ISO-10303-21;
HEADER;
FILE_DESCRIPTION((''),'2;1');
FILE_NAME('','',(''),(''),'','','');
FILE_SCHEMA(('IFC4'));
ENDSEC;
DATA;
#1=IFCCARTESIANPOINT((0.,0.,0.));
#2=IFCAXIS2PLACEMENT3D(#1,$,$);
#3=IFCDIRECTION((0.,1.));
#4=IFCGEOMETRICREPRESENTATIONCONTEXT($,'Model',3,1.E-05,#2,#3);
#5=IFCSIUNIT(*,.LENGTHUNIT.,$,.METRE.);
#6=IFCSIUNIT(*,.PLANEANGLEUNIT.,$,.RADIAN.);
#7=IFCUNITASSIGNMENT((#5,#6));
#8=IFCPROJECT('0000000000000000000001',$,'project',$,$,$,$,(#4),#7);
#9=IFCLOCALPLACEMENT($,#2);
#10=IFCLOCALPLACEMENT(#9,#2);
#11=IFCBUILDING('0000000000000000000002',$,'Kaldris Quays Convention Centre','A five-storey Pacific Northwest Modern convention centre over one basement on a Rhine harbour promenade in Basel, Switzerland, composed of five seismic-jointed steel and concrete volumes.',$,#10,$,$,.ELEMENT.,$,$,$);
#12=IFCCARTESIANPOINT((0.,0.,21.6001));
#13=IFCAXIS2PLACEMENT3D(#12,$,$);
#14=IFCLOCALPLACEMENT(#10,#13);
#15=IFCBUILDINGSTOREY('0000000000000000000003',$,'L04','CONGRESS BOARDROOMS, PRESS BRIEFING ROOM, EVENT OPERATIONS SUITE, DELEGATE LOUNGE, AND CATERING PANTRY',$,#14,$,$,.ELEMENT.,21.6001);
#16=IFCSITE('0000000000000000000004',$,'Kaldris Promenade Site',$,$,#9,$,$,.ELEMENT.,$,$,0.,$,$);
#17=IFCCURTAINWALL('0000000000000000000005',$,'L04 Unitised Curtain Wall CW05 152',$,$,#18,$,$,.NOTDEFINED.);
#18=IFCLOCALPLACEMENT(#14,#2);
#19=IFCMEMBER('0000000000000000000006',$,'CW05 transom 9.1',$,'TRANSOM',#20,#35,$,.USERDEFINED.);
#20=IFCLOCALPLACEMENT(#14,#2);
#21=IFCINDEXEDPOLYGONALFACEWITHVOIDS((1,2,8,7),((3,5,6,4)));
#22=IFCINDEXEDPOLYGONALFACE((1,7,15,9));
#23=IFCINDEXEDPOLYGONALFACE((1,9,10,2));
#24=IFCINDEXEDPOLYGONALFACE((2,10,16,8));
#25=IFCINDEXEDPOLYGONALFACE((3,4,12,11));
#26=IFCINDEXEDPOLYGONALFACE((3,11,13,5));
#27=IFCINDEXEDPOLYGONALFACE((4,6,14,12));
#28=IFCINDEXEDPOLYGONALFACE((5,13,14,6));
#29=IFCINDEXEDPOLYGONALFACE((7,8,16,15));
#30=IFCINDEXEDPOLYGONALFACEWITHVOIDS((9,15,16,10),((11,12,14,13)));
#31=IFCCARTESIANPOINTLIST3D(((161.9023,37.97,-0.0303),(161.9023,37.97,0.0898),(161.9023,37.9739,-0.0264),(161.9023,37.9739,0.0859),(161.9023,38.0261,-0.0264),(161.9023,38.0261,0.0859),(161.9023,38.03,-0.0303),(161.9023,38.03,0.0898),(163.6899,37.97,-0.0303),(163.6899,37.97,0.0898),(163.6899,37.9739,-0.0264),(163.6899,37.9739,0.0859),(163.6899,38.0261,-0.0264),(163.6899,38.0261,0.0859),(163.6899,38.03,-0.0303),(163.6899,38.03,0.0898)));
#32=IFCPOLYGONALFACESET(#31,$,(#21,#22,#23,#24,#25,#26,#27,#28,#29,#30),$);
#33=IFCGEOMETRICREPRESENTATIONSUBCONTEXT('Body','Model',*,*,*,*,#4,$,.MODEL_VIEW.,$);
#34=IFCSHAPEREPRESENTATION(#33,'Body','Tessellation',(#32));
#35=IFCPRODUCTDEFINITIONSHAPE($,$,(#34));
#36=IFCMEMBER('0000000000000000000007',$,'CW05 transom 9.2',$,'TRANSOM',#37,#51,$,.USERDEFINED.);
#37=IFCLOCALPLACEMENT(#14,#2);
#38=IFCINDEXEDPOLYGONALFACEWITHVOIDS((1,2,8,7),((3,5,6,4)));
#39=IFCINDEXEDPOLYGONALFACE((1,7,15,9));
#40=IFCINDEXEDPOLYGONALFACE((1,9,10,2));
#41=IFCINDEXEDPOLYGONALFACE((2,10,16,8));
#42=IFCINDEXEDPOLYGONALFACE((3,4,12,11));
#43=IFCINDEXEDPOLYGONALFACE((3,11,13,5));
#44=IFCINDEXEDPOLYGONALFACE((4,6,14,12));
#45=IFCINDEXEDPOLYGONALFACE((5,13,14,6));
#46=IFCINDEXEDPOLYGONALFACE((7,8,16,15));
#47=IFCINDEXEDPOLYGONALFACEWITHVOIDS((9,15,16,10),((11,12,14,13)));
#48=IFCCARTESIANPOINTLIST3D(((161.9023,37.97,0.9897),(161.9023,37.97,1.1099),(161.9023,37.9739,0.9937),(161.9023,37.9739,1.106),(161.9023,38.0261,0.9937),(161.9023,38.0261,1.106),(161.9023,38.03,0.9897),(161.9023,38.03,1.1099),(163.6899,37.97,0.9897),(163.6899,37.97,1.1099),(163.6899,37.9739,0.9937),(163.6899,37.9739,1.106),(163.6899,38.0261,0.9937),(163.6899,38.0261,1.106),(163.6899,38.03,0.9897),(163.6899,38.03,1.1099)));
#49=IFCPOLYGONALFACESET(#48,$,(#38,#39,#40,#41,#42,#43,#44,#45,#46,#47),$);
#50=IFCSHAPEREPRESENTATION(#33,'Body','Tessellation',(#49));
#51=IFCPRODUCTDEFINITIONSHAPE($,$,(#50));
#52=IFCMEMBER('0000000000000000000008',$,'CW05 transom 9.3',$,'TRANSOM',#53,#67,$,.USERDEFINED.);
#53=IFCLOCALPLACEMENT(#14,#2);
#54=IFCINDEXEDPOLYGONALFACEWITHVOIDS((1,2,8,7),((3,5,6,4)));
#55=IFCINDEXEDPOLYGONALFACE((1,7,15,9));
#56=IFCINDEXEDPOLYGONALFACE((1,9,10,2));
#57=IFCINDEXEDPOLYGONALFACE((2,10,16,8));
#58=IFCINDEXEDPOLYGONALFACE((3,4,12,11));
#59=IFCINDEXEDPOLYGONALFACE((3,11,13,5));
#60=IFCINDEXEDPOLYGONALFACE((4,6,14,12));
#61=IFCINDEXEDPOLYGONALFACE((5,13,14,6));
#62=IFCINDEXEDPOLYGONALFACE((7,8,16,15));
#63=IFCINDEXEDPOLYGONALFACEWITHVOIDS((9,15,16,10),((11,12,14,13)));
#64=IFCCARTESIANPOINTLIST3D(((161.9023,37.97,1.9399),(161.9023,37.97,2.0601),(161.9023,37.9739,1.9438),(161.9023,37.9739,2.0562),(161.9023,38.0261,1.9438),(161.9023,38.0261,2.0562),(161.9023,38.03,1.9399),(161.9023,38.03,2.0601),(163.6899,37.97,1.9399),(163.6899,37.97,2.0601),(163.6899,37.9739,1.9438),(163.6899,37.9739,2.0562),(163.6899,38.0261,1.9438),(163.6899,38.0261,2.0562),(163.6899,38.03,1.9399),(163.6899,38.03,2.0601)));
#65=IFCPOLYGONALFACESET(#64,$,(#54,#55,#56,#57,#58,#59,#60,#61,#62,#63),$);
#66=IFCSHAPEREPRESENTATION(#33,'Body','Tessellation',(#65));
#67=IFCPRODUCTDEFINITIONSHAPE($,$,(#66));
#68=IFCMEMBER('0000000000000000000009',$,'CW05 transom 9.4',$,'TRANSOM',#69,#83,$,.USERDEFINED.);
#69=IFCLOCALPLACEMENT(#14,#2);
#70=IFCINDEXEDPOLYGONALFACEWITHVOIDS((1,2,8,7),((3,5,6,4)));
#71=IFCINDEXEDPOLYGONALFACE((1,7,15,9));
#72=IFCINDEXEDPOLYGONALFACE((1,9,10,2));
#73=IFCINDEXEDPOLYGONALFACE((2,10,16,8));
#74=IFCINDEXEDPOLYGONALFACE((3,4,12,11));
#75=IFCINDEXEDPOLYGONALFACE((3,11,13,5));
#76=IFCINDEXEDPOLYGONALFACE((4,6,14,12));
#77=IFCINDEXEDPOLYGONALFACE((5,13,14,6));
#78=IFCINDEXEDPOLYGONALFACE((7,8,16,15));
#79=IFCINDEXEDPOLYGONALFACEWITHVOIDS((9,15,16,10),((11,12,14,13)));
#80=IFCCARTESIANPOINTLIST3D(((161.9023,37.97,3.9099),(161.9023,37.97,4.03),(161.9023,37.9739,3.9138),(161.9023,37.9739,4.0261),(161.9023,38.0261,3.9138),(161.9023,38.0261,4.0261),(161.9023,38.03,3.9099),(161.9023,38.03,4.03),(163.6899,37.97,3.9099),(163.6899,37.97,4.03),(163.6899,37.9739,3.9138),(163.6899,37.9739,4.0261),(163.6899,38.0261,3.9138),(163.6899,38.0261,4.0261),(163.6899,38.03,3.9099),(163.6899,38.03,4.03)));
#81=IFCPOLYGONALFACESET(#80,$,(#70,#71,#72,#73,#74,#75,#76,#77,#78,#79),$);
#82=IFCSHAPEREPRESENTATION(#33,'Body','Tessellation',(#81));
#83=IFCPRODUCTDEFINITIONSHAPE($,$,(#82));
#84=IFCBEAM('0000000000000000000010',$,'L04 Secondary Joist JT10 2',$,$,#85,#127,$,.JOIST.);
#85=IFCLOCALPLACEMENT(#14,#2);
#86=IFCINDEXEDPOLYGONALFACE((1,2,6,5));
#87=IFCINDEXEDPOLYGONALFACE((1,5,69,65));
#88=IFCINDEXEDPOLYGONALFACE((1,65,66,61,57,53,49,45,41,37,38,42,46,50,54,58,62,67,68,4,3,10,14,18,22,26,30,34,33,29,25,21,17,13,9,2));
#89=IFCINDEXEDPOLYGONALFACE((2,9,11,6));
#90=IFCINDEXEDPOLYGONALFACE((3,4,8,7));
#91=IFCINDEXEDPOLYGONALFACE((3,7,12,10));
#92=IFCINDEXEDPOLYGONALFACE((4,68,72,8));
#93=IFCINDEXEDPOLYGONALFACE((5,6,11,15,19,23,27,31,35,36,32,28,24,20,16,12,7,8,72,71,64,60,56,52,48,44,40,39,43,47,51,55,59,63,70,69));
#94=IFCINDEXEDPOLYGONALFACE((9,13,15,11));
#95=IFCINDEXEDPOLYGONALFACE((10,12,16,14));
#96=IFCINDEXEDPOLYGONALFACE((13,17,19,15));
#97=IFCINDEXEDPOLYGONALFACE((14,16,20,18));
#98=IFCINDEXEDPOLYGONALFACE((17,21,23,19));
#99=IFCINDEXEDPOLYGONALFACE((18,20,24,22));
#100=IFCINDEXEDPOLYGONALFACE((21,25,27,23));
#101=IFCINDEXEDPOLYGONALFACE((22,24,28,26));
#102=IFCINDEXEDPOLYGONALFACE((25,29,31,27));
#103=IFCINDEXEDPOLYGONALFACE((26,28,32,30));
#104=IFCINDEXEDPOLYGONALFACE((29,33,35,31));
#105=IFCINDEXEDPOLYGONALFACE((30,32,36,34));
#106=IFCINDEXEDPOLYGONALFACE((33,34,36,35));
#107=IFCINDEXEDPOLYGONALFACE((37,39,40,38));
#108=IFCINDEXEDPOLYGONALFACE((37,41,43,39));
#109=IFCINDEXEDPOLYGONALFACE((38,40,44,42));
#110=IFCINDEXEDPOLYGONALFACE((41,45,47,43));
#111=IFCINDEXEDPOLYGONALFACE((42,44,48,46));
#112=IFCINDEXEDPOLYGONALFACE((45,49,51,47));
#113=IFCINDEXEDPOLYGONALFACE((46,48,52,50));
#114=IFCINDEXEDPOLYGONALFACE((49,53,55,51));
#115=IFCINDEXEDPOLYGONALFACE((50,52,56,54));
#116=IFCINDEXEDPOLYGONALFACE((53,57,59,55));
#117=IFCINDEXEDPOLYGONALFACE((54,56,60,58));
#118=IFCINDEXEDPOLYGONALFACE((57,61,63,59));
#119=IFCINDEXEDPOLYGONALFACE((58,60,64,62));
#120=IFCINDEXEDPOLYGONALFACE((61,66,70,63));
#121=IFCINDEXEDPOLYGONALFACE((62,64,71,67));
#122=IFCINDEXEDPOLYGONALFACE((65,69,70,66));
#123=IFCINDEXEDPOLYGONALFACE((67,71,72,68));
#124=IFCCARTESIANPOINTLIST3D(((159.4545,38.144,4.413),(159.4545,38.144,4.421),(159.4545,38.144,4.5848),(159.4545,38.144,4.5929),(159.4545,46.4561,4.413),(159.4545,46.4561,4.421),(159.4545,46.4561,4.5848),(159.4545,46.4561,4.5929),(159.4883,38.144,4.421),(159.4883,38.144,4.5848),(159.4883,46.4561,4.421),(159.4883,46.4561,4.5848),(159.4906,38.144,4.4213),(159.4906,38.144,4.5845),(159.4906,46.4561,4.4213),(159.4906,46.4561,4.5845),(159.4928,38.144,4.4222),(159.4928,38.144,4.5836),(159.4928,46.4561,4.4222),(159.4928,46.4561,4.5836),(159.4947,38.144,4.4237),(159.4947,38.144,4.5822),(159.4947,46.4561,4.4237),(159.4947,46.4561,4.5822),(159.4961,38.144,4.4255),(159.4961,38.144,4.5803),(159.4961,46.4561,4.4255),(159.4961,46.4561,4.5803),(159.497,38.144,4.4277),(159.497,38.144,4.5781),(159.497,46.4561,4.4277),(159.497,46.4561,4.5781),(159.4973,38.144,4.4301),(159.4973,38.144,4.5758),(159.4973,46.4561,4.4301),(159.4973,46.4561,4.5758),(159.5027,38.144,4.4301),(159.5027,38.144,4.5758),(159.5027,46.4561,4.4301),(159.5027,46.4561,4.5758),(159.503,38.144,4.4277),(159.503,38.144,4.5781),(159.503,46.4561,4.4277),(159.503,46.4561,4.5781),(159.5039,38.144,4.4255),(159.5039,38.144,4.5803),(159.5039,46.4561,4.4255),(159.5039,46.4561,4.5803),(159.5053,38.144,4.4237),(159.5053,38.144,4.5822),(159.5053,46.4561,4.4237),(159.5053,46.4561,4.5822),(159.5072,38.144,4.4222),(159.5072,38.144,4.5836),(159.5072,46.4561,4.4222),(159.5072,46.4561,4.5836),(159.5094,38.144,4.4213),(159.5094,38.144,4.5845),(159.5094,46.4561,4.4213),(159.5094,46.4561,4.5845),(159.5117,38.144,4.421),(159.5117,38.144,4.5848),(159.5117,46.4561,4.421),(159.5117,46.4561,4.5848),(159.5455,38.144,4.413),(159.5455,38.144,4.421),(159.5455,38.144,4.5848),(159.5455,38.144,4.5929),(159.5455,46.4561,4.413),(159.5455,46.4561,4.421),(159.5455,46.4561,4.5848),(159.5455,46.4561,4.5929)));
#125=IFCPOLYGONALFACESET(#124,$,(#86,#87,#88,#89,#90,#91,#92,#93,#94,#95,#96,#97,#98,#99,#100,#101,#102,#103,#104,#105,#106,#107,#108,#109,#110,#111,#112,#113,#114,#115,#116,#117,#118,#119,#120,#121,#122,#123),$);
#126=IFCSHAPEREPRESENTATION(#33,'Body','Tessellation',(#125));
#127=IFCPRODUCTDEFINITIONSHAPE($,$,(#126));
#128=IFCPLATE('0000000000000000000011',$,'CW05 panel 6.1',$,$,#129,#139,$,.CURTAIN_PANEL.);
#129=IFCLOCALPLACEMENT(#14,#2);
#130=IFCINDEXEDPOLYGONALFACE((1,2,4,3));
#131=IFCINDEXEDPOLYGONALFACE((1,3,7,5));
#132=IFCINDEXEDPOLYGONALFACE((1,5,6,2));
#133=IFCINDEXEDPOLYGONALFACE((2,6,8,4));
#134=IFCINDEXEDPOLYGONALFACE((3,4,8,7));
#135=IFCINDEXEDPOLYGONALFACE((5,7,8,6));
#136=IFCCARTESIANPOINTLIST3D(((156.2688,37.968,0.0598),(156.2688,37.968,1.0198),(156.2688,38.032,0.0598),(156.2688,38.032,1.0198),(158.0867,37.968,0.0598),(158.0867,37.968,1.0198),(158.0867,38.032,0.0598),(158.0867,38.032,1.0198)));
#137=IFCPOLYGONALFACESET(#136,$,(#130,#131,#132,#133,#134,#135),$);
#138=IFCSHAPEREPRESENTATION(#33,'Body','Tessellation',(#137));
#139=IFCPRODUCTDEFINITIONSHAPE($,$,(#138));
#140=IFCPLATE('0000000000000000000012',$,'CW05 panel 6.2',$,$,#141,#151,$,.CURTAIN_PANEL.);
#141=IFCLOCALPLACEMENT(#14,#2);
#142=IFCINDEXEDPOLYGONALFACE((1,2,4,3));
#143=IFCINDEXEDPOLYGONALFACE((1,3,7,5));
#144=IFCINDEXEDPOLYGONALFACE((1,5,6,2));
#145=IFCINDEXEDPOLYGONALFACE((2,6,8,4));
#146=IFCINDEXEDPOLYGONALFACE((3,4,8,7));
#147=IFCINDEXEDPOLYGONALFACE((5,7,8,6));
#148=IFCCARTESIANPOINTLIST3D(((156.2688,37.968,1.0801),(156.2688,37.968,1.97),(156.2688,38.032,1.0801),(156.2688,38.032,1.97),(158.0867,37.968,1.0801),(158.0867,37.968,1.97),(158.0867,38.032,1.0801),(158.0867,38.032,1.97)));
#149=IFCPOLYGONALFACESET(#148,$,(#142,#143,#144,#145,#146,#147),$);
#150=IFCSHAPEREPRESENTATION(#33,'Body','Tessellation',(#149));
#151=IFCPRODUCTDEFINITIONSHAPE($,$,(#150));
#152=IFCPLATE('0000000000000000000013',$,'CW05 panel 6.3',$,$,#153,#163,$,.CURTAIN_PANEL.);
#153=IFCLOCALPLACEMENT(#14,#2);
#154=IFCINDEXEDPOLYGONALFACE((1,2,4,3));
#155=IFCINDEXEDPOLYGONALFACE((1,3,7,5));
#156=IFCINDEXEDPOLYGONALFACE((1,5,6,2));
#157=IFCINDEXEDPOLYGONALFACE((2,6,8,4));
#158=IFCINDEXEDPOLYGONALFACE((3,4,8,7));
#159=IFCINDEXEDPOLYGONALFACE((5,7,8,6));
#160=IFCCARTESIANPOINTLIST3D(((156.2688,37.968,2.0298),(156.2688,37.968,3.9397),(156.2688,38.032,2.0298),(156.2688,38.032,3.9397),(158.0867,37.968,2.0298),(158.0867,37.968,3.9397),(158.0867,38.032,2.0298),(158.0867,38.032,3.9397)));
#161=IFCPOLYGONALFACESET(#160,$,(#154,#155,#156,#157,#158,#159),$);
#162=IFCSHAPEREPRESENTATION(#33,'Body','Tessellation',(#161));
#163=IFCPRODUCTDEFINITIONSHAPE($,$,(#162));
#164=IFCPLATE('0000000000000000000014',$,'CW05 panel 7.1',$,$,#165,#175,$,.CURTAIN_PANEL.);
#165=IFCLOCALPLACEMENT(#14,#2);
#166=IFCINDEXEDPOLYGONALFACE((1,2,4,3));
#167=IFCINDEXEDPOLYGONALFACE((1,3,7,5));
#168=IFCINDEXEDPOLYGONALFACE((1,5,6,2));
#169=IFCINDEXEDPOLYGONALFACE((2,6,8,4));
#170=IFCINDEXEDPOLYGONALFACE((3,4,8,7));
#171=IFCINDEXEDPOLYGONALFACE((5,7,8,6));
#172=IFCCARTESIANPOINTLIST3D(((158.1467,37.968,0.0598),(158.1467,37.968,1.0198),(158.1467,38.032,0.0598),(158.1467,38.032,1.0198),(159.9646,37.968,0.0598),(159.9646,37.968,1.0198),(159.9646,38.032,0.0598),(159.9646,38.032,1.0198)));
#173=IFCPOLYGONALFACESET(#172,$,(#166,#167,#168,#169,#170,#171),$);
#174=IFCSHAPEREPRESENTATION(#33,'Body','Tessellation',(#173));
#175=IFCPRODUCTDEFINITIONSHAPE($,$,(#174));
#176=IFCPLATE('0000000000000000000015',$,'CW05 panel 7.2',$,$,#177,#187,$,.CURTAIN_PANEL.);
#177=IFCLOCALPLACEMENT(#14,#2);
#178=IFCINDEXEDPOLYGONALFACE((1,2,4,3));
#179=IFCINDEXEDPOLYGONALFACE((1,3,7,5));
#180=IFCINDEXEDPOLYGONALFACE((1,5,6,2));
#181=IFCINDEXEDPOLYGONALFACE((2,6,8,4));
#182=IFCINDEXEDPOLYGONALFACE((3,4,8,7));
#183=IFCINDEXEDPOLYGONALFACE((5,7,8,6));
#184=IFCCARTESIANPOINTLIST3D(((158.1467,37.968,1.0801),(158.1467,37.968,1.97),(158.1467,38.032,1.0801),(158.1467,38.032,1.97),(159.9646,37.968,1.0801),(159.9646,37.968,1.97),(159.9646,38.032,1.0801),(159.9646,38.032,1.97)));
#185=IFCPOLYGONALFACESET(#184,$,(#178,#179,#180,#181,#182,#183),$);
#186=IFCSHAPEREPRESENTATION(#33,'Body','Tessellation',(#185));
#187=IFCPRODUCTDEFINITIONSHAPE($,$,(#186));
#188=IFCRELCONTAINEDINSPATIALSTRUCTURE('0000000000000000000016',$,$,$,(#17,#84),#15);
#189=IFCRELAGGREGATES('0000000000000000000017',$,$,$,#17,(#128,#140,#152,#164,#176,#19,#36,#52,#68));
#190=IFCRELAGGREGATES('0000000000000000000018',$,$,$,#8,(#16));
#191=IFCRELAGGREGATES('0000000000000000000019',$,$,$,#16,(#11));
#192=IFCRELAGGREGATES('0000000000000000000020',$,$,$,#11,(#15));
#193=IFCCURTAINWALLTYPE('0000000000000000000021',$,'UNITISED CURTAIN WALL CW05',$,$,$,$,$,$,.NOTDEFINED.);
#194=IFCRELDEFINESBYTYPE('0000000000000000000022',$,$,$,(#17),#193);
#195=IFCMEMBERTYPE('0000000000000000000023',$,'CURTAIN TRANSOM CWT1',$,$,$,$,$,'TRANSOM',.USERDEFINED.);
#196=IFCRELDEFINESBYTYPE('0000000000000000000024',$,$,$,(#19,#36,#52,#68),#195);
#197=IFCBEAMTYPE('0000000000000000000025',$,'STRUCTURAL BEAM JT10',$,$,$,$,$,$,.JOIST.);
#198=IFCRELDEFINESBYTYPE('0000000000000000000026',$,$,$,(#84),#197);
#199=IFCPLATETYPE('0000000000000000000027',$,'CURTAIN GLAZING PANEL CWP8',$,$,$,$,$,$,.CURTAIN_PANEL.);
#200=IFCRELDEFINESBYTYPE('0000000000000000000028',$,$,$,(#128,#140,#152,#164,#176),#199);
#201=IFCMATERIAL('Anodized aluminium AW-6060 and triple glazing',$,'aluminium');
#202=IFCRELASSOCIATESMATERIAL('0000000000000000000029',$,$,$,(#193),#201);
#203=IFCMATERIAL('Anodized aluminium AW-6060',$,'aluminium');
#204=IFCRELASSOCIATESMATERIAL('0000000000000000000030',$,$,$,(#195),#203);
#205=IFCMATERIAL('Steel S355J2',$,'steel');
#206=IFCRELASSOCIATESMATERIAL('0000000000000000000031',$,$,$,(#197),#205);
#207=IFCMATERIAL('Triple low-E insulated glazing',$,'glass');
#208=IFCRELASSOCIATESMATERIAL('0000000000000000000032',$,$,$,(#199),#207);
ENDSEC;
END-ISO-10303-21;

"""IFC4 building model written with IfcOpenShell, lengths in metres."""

from ifc_helpers import new_model, si_unit, direction, frame, origin, origin_2d, place, context, subcontext, project, spatial, rectangle, hollow_rectangle, i_section, extrude, material, material_profile, profile_set, type_object, element, aggregate, save


model = new_model("IFC4")

# Units and contexts
model_context = context("Model", 3, precision=1e-05, world=origin(), true_north=direction((0.0, 1.0)))
body_context = subcontext(model_context, "Body", "Model", "MODEL_VIEW")
ifc_project = project(units=[si_unit("LENGTHUNIT", "METRE"), si_unit("PLANEANGLEUNIT", "RADIAN")], contexts=[model_context])

# Site, building, storey
site_placement = place(None, origin())
site = spatial("IfcSite", under=ifc_project, at=site_placement, Name="Kaldris Promenade Site", CompositionType="ELEMENT", RefElevation=0.0)
building_placement = place(site_placement, origin())
building = spatial("IfcBuilding", under=site, at=building_placement, Name="Kaldris Quays Convention Centre", Description="A five-storey Pacific Northwest Modern convention centre over one basement on a Rhine harbour promenade in Basel, Switzerland, composed of five seismic-jointed steel and concrete volumes.", CompositionType="ELEMENT")
storey_placement = place(building_placement, frame((0.0, 0.0, 21.6001)))
storey = spatial("IfcBuildingStorey", under=building, at=storey_placement, Name="L04", Description="CONGRESS BOARDROOMS, PRESS BRIEFING ROOM, EVENT OPERATIONS SUITE, DELEGATE LOUNGE, AND CATERING PANTRY", CompositionType="ELEMENT", Elevation=21.6001)

# Curtain wall, members
ifc_material_1 = material(Name="Anodized aluminium AW-6060 and triple glazing", Category="aluminium")
curtain_wall_type = type_object("IfcCurtainWallType", Name="UNITISED CURTAIN WALL CW05", PredefinedType="NOTDEFINED", material=ifc_material_1)
curtain_wall_placement = place(storey_placement, origin())
curtain_wall = element("IfcCurtainWall", 1, at=curtain_wall_placement, inside=storey, type_object=curtain_wall_type, Name="L04 Unitised Curtain Wall CW05 152", PredefinedType="NOTDEFINED")
ifc_material_2 = material(Name="Anodized aluminium AW-6060", Category="aluminium")
ifc_material_profile_1 = material_profile(ifc_material_2, hollow_rectangle(XDim=0.0601, YDim=0.1201, WallThickness=0.0039, at=origin_2d()), Name="RHS 120x60x4")
ifc_profile_set_1 = profile_set([ifc_material_profile_1], Name="Anodized aluminium AW-6060")
member_type_1 = type_object("IfcMemberType", Name="CURTAIN TRANSOM CWT1", ElementType="TRANSOM", PredefinedType="USERDEFINED", material=ifc_profile_set_1)
member_1_placement = place(storey_placement, frame((161.9023, 38.0, 0.0298), z_axis=(1.0, 0.0, 0.0), x_axis=(0.0, 1.0, 0.0)))
member_1 = element("IfcMember", 2, at=member_1_placement, type_object=member_type_1, Name="CW05 transom 9.1", ObjectType="TRANSOM", PredefinedType="USERDEFINED", context=body_context, shape_type="SweptSolid", body=[
    extrude(hollow_rectangle(XDim=0.0601, YDim=0.1201, WallThickness=0.0039, at=origin_2d()), origin(), (0.0, 0.0, 1.0), 1.7876),
])
member_2_placement = place(storey_placement, frame((161.9023, 38.0, 1.0498), z_axis=(1.0, 0.0, 0.0), x_axis=(0.0, 1.0, 0.0)))
member_2 = element("IfcMember", 3, at=member_2_placement, type_object=member_type_1, Name="CW05 transom 9.2", ObjectType="TRANSOM", PredefinedType="USERDEFINED", context=body_context, shape_type="SweptSolid", body=[
    extrude(hollow_rectangle(XDim=0.0601, YDim=0.1201, WallThickness=0.0039, at=origin_2d()), origin(), (0.0, 0.0, 1.0), 1.7876),
])
member_3_placement = place(storey_placement, frame((161.9023, 38.0, 2.0), z_axis=(1.0, 0.0, 0.0), x_axis=(0.0, 1.0, 0.0)))
member_3 = element("IfcMember", 4, at=member_3_placement, type_object=member_type_1, Name="CW05 transom 9.3", ObjectType="TRANSOM", PredefinedType="USERDEFINED", context=body_context, shape_type="SweptSolid", body=[
    extrude(hollow_rectangle(XDim=0.0601, YDim=0.1201, WallThickness=0.0039, at=origin_2d()), origin(), (0.0, 0.0, 1.0), 1.7876),
])
member_4_placement = place(storey_placement, frame((161.9023, 38.0, 3.97), z_axis=(1.0, 0.0, 0.0), x_axis=(0.0, 1.0, 0.0)))
member_4 = element("IfcMember", 5, at=member_4_placement, type_object=member_type_1, Name="CW05 transom 9.4", ObjectType="TRANSOM", PredefinedType="USERDEFINED", context=body_context, shape_type="SweptSolid", body=[
    extrude(hollow_rectangle(XDim=0.0601, YDim=0.1201, WallThickness=0.0039, at=origin_2d()), origin(), (0.0, 0.0, 1.0), 1.7876),
])

# Beam
ifc_material_3 = material(Name="Steel S355J2", Category="steel")
ifc_material_profile_2 = material_profile(ifc_material_3, i_section(OverallWidth=0.0911, OverallDepth=0.1799, WebThickness=0.0054, FlangeThickness=0.0081, FilletRadius=0.009, at=origin_2d()), Name="IPE 180")
ifc_profile_set_2 = profile_set([ifc_material_profile_2], Name="Steel S355J2")
beam_type = type_object("IfcBeamType", Name="STRUCTURAL BEAM JT10", PredefinedType="JOIST", material=ifc_profile_set_2)
beam_placement = place(storey_placement, frame((159.5, 38.144, 4.5029), z_axis=(0.0, 1.0, 0.0), x_axis=(-1.0, 0.0, 0.0)))
element("IfcBeam", 6, at=beam_placement, inside=storey, type_object=beam_type, Name="L04 Secondary Joist JT10 2", PredefinedType="JOIST", context=body_context, shape_type="SweptSolid", body=[
    extrude(i_section(OverallWidth=0.0911, OverallDepth=0.1799, WebThickness=0.0054, FlangeThickness=0.0081, FilletRadius=0.009, at=origin_2d()), origin(), (0.0, 0.0, 1.0), 8.312),
])

# Plates
ifc_material_4 = material(Name="Triple low-E insulated glazing", Category="glass")
plate_type = type_object("IfcPlateType", Name="CURTAIN GLAZING PANEL CWP8", PredefinedType="CURTAIN_PANEL", material=ifc_material_4)
plate_1_placement = place(storey_placement, frame((157.1777, 38.0, 0.0598), z_axis=(0.0, 0.0, 1.0), x_axis=(1.0, 0.0, 0.0)))
plate_1 = element("IfcPlate", 7, at=plate_1_placement, type_object=plate_type, Name="CW05 panel 6.1", PredefinedType="CURTAIN_PANEL", context=body_context, shape_type="SweptSolid", body=[
    extrude(rectangle(XDim=1.8179, YDim=0.064, at=origin_2d()), origin(), (0.0, 0.0, 1.0), 0.96),
])
plate_2_placement = place(storey_placement, frame((157.1777, 38.0, 1.0801), z_axis=(0.0, 0.0, 1.0), x_axis=(1.0, 0.0, 0.0)))
plate_2 = element("IfcPlate", 8, at=plate_2_placement, type_object=plate_type, Name="CW05 panel 6.2", PredefinedType="CURTAIN_PANEL", context=body_context, shape_type="SweptSolid", body=[
    extrude(rectangle(XDim=1.8179, YDim=0.064, at=origin_2d()), origin(), (0.0, 0.0, 1.0), 0.8899),
])
plate_3_placement = place(storey_placement, frame((157.1777, 38.0, 2.0298), z_axis=(0.0, 0.0, 1.0), x_axis=(1.0, 0.0, 0.0)))
plate_3 = element("IfcPlate", 9, at=plate_3_placement, type_object=plate_type, Name="CW05 panel 6.3", PredefinedType="CURTAIN_PANEL", context=body_context, shape_type="SweptSolid", body=[
    extrude(rectangle(XDim=1.8179, YDim=0.064, at=origin_2d()), origin(), (0.0, 0.0, 1.0), 1.9099),
])
plate_4_placement = place(storey_placement, frame((159.0557, 38.0, 0.0598), z_axis=(0.0, 0.0, 1.0), x_axis=(1.0, 0.0, 0.0)))
plate_4 = element("IfcPlate", 10, at=plate_4_placement, type_object=plate_type, Name="CW05 panel 7.1", PredefinedType="CURTAIN_PANEL", context=body_context, shape_type="SweptSolid", body=[
    extrude(rectangle(XDim=1.8179, YDim=0.064, at=origin_2d()), origin(), (0.0, 0.0, 1.0), 0.96),
])
plate_5_placement = place(storey_placement, frame((159.0557, 38.0, 1.0801), z_axis=(0.0, 0.0, 1.0), x_axis=(1.0, 0.0, 0.0)))
plate_5 = element("IfcPlate", 11, at=plate_5_placement, type_object=plate_type, Name="CW05 panel 7.2", PredefinedType="CURTAIN_PANEL", context=body_context, shape_type="SweptSolid", body=[
    extrude(rectangle(XDim=1.8179, YDim=0.064, at=origin_2d()), origin(), (0.0, 0.0, 1.0), 0.8899),
])
aggregate(curtain_wall, [plate_1, plate_2, plate_3, plate_4, plate_5, member_1, member_2, member_3, member_4])

save(model, "model.ifc")
